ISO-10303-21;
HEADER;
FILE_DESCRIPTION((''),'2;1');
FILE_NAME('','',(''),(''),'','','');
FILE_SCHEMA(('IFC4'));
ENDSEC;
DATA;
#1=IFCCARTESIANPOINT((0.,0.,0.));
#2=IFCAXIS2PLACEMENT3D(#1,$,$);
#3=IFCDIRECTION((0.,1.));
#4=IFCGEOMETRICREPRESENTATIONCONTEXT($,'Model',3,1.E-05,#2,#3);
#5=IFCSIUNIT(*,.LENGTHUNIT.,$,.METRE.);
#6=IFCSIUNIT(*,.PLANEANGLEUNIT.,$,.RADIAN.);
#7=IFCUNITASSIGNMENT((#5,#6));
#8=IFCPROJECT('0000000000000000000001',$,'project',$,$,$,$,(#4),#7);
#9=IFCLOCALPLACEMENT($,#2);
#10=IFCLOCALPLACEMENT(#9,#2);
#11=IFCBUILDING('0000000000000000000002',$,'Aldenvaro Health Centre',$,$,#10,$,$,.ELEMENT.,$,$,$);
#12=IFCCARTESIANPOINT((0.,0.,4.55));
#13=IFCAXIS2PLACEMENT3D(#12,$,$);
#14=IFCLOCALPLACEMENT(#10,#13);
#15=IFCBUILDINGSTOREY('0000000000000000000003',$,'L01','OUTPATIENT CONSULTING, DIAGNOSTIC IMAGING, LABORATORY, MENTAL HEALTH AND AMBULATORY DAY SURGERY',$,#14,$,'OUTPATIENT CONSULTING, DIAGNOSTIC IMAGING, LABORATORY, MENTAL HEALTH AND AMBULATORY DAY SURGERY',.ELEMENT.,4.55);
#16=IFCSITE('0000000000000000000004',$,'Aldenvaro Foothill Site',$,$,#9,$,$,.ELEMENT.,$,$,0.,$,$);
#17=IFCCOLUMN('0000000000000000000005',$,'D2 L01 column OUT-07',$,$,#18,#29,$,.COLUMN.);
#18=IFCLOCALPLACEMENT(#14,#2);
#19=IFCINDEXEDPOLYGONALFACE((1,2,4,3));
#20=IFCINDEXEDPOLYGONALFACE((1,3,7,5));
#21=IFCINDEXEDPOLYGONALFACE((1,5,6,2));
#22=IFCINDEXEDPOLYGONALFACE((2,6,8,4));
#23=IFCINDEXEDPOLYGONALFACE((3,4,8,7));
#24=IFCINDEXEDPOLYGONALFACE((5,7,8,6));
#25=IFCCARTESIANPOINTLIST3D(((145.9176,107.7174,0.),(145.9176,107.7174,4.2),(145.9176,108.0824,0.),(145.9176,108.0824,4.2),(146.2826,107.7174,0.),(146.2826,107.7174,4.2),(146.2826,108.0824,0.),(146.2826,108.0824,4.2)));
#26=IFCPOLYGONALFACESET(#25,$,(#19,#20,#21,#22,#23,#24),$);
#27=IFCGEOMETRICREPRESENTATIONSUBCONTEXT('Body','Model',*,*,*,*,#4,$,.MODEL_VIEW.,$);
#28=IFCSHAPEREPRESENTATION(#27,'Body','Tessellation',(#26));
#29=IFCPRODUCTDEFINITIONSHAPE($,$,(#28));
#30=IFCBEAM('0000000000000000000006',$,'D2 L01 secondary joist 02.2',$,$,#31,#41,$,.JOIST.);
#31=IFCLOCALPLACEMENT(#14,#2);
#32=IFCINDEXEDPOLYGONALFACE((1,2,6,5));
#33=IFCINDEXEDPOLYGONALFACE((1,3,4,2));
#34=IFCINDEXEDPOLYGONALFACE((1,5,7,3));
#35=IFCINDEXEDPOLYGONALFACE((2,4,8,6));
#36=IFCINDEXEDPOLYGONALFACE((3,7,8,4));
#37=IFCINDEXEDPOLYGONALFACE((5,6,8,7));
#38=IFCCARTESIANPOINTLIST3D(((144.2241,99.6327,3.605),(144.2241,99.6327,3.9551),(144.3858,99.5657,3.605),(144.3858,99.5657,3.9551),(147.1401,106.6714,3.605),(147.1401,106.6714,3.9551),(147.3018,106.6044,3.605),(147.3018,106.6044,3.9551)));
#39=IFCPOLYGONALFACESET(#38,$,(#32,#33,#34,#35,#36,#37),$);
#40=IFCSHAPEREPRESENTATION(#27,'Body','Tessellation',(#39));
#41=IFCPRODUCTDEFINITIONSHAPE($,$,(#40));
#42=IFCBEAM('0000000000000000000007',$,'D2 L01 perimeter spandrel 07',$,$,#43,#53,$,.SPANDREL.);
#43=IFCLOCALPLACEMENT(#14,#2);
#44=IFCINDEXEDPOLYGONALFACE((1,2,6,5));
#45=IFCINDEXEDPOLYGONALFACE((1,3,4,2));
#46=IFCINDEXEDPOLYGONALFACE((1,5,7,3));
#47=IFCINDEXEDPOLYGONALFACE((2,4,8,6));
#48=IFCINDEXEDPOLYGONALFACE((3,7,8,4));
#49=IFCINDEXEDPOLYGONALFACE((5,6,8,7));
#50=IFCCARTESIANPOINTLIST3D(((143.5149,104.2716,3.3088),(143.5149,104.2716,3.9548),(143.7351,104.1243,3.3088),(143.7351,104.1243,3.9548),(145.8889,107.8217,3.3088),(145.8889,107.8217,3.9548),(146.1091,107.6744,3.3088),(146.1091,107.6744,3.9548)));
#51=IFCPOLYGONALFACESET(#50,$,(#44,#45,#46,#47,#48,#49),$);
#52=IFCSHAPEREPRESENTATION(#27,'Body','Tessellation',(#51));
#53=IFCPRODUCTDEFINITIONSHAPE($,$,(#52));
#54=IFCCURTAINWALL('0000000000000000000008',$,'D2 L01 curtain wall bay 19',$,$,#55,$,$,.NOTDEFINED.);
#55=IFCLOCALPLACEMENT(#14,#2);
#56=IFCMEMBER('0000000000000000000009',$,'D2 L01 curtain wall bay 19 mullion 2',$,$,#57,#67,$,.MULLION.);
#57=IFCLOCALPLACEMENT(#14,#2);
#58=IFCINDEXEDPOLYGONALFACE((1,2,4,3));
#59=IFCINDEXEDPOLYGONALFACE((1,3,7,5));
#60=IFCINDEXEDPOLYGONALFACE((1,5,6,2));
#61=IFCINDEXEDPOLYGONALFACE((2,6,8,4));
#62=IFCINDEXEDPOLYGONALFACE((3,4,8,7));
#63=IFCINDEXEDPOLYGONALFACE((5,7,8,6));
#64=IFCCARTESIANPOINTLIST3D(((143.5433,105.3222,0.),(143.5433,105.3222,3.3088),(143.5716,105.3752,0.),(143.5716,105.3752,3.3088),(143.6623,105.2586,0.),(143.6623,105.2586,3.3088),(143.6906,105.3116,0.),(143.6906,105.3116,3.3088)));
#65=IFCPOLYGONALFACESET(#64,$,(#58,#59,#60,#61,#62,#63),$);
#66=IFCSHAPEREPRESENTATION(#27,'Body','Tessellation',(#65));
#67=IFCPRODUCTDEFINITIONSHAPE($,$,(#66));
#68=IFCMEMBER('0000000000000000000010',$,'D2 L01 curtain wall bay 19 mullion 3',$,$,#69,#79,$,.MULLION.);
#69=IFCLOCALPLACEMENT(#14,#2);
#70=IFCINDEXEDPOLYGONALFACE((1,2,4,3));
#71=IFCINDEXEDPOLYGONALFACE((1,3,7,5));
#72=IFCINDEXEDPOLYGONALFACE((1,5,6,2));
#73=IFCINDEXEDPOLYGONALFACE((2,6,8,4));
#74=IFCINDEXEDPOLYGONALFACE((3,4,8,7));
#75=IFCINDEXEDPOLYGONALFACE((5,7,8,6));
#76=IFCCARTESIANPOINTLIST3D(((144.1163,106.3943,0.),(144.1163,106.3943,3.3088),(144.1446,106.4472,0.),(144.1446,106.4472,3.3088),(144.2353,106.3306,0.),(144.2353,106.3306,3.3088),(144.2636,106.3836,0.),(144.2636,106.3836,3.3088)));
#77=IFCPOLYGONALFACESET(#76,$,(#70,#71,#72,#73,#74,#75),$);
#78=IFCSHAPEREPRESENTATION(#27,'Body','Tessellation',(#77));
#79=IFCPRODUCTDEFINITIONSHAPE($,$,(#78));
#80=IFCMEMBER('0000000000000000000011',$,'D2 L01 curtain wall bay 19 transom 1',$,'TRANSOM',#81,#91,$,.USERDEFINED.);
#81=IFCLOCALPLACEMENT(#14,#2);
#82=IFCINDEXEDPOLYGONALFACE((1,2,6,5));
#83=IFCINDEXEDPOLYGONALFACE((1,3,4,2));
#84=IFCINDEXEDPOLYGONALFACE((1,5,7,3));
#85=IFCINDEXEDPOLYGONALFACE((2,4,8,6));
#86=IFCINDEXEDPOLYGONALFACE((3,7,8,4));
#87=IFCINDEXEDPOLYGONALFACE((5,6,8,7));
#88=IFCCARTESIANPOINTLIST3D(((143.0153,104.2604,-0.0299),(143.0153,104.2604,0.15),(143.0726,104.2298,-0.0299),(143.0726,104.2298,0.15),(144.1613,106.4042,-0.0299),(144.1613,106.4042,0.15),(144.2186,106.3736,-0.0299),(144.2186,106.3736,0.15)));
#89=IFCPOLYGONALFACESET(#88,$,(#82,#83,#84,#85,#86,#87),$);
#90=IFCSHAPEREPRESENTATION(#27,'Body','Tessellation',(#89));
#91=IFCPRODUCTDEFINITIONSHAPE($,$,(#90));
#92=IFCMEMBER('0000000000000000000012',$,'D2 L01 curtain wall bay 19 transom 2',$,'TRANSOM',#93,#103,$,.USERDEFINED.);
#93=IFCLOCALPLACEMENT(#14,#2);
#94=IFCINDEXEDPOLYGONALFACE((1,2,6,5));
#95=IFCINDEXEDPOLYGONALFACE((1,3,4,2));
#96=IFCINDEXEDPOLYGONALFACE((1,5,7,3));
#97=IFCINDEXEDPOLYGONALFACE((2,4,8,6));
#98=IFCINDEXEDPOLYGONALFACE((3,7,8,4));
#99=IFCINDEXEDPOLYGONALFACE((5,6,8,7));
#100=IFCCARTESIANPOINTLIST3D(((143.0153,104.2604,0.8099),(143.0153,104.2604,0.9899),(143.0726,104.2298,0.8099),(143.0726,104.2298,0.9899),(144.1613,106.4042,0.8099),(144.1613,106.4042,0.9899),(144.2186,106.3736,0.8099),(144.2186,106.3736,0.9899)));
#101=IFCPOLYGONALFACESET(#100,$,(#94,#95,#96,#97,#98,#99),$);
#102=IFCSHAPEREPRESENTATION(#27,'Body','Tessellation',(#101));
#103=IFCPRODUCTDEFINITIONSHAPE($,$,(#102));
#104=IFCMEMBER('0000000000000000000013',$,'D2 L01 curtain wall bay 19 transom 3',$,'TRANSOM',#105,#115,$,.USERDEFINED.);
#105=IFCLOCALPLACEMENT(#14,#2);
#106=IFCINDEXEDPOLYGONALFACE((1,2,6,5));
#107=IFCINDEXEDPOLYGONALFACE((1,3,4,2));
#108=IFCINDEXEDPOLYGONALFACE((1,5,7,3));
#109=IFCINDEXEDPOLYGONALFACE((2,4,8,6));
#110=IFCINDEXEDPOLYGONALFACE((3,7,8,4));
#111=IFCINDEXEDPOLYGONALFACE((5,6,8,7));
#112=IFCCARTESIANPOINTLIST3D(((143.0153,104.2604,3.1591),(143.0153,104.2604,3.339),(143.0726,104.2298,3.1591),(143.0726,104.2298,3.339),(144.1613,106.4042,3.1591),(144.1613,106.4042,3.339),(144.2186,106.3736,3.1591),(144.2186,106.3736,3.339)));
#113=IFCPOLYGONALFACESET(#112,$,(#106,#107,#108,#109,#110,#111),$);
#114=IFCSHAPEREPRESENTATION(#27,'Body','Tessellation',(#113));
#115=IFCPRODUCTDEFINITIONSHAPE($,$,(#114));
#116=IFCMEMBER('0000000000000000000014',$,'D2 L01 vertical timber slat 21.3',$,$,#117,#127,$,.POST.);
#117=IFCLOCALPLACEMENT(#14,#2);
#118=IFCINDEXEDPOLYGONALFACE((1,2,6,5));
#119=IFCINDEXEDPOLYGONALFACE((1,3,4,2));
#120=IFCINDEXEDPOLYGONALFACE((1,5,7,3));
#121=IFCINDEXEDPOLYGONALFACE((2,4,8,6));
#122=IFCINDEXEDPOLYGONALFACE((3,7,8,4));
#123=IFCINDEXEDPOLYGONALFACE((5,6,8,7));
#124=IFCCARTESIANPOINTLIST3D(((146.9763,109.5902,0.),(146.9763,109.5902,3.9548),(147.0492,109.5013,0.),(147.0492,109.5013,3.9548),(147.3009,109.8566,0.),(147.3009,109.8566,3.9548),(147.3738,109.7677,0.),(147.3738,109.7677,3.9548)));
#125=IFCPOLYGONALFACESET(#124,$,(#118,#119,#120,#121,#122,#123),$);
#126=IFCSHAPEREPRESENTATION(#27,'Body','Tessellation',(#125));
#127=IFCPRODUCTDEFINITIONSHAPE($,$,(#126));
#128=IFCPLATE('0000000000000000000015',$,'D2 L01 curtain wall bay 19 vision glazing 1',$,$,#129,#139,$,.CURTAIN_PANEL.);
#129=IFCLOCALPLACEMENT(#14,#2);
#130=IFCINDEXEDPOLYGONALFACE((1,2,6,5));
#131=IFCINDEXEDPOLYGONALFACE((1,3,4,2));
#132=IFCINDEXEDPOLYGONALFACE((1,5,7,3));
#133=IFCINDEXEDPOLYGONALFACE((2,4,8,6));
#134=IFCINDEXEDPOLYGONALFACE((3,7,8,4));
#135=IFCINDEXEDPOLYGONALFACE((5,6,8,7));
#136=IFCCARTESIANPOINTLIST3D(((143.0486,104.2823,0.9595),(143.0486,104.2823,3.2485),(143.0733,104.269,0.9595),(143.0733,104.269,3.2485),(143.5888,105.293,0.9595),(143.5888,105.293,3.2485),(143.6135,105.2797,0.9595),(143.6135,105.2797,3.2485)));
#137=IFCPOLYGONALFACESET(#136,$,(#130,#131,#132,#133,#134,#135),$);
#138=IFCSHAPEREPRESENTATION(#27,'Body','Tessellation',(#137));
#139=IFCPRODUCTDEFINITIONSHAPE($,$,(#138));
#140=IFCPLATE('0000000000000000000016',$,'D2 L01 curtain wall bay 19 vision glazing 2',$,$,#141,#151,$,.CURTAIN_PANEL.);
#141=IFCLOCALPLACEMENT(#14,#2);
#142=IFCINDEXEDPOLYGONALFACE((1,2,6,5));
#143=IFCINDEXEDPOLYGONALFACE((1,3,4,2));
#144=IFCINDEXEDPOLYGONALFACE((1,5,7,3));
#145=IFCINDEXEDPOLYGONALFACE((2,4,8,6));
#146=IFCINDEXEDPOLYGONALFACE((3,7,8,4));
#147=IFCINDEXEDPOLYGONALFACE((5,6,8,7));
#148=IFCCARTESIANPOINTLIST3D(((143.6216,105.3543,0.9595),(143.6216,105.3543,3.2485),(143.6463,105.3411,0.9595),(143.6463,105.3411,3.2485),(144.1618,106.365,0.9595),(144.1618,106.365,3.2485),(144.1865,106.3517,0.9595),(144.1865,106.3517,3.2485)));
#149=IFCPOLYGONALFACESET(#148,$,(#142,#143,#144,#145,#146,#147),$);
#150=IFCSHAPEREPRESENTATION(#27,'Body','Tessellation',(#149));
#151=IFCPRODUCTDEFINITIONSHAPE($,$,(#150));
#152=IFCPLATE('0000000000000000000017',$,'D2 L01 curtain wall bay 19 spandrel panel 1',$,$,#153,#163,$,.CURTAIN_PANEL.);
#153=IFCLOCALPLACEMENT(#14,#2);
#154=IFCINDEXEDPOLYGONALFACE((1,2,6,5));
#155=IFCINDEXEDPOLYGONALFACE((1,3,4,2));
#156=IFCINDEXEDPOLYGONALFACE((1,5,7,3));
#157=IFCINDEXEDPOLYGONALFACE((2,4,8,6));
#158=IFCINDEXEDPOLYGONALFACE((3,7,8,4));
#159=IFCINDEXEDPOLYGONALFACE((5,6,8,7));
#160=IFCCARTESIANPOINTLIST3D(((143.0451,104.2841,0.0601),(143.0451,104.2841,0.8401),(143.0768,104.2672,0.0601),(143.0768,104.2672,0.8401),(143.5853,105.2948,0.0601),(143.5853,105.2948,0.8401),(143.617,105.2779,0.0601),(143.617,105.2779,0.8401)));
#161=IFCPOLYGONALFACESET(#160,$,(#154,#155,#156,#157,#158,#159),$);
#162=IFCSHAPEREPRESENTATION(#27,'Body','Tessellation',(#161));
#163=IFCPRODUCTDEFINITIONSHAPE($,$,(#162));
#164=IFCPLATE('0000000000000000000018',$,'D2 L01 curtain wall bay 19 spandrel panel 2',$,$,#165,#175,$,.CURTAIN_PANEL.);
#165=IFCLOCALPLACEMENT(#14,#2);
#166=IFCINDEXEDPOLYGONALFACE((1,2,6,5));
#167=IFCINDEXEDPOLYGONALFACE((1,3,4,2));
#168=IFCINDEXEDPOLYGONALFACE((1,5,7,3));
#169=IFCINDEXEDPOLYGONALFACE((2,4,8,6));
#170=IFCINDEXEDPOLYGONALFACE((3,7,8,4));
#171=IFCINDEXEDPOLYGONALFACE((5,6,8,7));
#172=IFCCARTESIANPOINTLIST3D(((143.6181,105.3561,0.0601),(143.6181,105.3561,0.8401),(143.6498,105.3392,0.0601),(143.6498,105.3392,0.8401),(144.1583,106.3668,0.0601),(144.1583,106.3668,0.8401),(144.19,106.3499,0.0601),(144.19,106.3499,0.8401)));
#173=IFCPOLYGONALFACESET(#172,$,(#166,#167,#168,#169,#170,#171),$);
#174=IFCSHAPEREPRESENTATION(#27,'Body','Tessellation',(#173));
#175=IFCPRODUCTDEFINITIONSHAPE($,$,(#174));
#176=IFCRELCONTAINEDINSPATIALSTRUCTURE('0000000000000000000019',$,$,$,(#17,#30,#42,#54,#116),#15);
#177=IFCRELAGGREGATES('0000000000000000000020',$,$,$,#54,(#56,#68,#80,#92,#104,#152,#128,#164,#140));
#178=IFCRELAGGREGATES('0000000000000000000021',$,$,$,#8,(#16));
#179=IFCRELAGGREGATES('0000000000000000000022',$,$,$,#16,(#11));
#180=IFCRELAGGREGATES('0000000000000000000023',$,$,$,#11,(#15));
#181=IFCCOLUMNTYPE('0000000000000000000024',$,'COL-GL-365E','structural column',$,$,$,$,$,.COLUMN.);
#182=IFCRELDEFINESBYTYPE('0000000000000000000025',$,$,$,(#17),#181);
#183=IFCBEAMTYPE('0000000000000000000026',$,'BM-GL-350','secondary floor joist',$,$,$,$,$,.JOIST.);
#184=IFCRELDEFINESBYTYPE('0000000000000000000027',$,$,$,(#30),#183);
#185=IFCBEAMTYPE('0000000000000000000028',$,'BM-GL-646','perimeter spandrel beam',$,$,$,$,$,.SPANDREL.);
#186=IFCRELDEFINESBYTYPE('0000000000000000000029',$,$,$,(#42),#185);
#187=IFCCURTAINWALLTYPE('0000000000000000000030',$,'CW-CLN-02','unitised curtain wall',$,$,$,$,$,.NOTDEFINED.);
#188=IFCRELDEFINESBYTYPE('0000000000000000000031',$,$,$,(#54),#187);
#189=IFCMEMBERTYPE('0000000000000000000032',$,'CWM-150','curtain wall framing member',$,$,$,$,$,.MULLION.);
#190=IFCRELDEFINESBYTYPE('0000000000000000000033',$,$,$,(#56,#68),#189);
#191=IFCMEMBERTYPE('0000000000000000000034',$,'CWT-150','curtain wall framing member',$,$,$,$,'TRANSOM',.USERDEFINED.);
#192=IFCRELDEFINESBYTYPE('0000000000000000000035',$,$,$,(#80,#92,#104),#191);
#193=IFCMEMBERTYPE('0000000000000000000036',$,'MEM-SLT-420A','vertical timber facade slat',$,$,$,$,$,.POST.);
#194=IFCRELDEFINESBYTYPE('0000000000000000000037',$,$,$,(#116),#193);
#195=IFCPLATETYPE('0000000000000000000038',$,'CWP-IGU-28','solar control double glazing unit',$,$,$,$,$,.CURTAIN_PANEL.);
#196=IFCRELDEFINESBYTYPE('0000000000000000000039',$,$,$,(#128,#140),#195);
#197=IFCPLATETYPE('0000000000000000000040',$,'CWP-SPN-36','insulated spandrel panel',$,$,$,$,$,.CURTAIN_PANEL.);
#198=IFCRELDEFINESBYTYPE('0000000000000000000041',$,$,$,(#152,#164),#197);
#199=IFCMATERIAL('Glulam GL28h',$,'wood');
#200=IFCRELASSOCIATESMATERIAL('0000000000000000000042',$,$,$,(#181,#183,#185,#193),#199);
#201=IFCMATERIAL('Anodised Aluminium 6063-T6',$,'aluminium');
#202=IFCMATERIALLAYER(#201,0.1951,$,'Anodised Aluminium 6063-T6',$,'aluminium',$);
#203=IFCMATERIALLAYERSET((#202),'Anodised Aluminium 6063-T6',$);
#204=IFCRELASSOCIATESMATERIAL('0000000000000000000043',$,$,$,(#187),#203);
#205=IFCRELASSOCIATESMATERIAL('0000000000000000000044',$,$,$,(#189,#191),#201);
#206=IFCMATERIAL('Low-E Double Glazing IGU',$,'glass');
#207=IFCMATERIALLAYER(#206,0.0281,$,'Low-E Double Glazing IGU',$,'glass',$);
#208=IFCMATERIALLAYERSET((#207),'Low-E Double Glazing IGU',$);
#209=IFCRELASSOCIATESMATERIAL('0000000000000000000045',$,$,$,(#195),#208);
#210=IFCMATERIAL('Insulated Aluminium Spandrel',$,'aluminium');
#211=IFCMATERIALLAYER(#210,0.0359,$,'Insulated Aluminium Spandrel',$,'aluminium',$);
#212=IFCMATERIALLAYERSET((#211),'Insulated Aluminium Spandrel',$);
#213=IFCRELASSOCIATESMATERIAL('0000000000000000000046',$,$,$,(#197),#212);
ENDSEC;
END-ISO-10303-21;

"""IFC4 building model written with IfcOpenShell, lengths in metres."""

from ifc_helpers import new_model, si_unit, direction, frame, origin, origin_2d, place, context, subcontext, project, spatial, rectangle, extrude, material, layer, layer_set, material_profile, profile_set, type_object, element, aggregate, save


model = new_model("IFC4")

# Units and contexts
model_context = context("Model", 3, precision=1e-05, world=origin(), true_north=direction((0.0, 1.0)))
body_context = subcontext(model_context, "Body", "Model", "MODEL_VIEW")
ifc_project = project(units=[si_unit("LENGTHUNIT", "METRE"), si_unit("PLANEANGLEUNIT", "RADIAN")], contexts=[model_context])

# Site, building, storey
site_placement = place(None, origin())
site = spatial("IfcSite", under=ifc_project, at=site_placement, Name="Aldenvaro Foothill Site", CompositionType="ELEMENT", RefElevation=0.0)
building_placement = place(site_placement, origin())
building = spatial("IfcBuilding", under=site, at=building_placement, Name="Aldenvaro Health Centre", CompositionType="ELEMENT")
storey_placement = place(building_placement, frame((0.0, 0.0, 4.55)))
storey = spatial("IfcBuildingStorey", under=building, at=storey_placement, Name="L01", Description="OUTPATIENT CONSULTING, DIAGNOSTIC IMAGING, LABORATORY, MENTAL HEALTH AND AMBULATORY DAY SURGERY", LongName="OUTPATIENT CONSULTING, DIAGNOSTIC IMAGING, LABORATORY, MENTAL HEALTH AND AMBULATORY DAY SURGERY", CompositionType="ELEMENT", Elevation=4.55)

# Column
ifc_material_1 = material(Name="Glulam GL28h", Category="wood")
ifc_material_profile_1 = material_profile(ifc_material_1, rectangle(XDim=0.365, YDim=0.365, at=origin_2d()), Name="GL 365x365", Category="wood")
ifc_profile_set_1 = profile_set([ifc_material_profile_1], Name="Glulam GL28h")
column_type = type_object("IfcColumnType", Name="COL-GL-365E", Description="structural column", PredefinedType="COLUMN", material=ifc_profile_set_1)
column_placement = place(storey_placement, frame((146.1001, 107.8999, 0.0), z_axis=(0.0, 0.0, 1.0), x_axis=(1.0, 0.0, 0.0)))
element("IfcColumn", 1, at=column_placement, inside=storey, type_object=column_type, Name="D2 L01 column OUT-07", PredefinedType="COLUMN", context=body_context, shape_type="SweptSolid", body=[
    extrude(rectangle(XDim=0.365, YDim=0.365, at=origin_2d()), origin(), (0.0, 0.0, 1.0), 4.2),
])

# Beams
ifc_material_profile_2 = material_profile(ifc_material_1, rectangle(XDim=0.175, YDim=0.3501, at=origin_2d()), Name="GL 175x350", Category="wood")
ifc_profile_set_2 = profile_set([ifc_material_profile_2], Name="Glulam GL28h")
beam_type_1 = type_object("IfcBeamType", Name="BM-GL-350", Description="secondary floor joist", PredefinedType="JOIST", material=ifc_profile_set_2)
beam_1_placement = place(storey_placement, frame((147.2209, 106.6379, 3.78), z_axis=(-0.382733, -0.923859, 0.0), x_axis=(0.923859, -0.382733, 0.0)))
element("IfcBeam", 2, at=beam_1_placement, inside=storey, type_object=beam_type_1, Name="D2 L01 secondary joist 02.2", PredefinedType="JOIST", context=body_context, shape_type="SweptSolid", body=[
    extrude(rectangle(XDim=0.175, YDim=0.3501, at=origin_2d()), origin(), (0.0, 0.0, 1.0), 7.6189),
])
ifc_material_profile_3 = material_profile(ifc_material_1, rectangle(XDim=0.2649, YDim=0.646, at=origin_2d()), Name="GL 265x646", Category="wood")
ifc_profile_set_3 = profile_set([ifc_material_profile_3], Name="Glulam GL28h")
beam_type_2 = type_object("IfcBeamType", Name="BM-GL-646", Description="perimeter spandrel beam", PredefinedType="SPANDREL", material=ifc_profile_set_3)
beam_2_placement = place(storey_placement, frame((145.999, 107.748, 3.6318), z_axis=(-0.555887, -0.831258, 0.0), x_axis=(0.831258, -0.555887, 0.0)))
element("IfcBeam", 3, at=beam_2_placement, inside=storey, type_object=beam_type_2, Name="D2 L01 perimeter spandrel 07", PredefinedType="SPANDREL", context=body_context, shape_type="SweptSolid", body=[
    extrude(rectangle(XDim=0.2649, YDim=0.646, at=origin_2d()), origin(), (0.0, 0.0, 1.0), 4.2708),
])

# Curtain wall, members
ifc_material_2 = material(Name="Anodised Aluminium 6063-T6", Category="aluminium")
ifc_layer_1 = layer(ifc_material_2, 0.1951, Name="Anodised Aluminium 6063-T6", Category="aluminium")
ifc_layer_set_1 = layer_set([ifc_layer_1], Name="Anodised Aluminium 6063-T6")
curtain_wall_type = type_object("IfcCurtainWallType", Name="CW-CLN-02", Description="unitised curtain wall", PredefinedType="NOTDEFINED", material=ifc_layer_set_1)
curtain_wall_placement = place(storey_placement, origin())
curtain_wall = element("IfcCurtainWall", 4, at=curtain_wall_placement, inside=storey, type_object=curtain_wall_type, Name="D2 L01 curtain wall bay 19", PredefinedType="NOTDEFINED")
ifc_material_profile_4 = material_profile(ifc_material_2, rectangle(XDim=0.0601, YDim=0.135, at=origin_2d()), Name="ALU 60x135", Category="aluminium")
ifc_profile_set_4 = profile_set([ifc_material_profile_4], Name="Anodised Aluminium 6063-T6")
member_type_1 = type_object("IfcMemberType", Name="CWM-150", Description="curtain wall framing member", PredefinedType="MULLION", material=ifc_profile_set_4)
member_1_placement = place(storey_placement, frame((143.6169, 105.3169, 0.0), z_axis=(0.0, 0.0, 1.0), x_axis=(0.471399, 0.88192, 0.0)))
member_1 = element("IfcMember", 5, at=member_1_placement, type_object=member_type_1, Name="D2 L01 curtain wall bay 19 mullion 2", PredefinedType="MULLION", context=body_context, shape_type="SweptSolid", body=[
    extrude(rectangle(XDim=0.0601, YDim=0.135, at=origin_2d()), origin(), (0.0, 0.0, 1.0), 3.3088),
])
member_2_placement = place(storey_placement, frame((144.1899, 106.3889, 0.0), z_axis=(0.0, 0.0, 1.0), x_axis=(0.471399, 0.88192, 0.0)))
member_2 = element("IfcMember", 6, at=member_2_placement, type_object=member_type_1, Name="D2 L01 curtain wall bay 19 mullion 3", PredefinedType="MULLION", context=body_context, shape_type="SweptSolid", body=[
    extrude(rectangle(XDim=0.0601, YDim=0.135, at=origin_2d()), origin(), (0.0, 0.0, 1.0), 3.3088),
])
ifc_material_profile_5 = material_profile(ifc_material_2, rectangle(XDim=0.0649, YDim=0.1799, at=origin_2d()), Name="ALU 65x180", Category="aluminium")
ifc_profile_set_5 = profile_set([ifc_material_profile_5], Name="Anodised Aluminium 6063-T6")
member_type_2 = type_object("IfcMemberType", Name="CWT-150", Description="curtain wall framing member", ElementType="TRANSOM", PredefinedType="USERDEFINED", material=ifc_profile_set_5)
member_3_placement = place(storey_placement, frame((143.0439, 104.2451, 0.0601), z_axis=(0.471432, 0.881902, 0.0), x_axis=(-0.881902, 0.471432, 0.0)))
member_3 = element("IfcMember", 7, at=member_3_placement, type_object=member_type_2, Name="D2 L01 curtain wall bay 19 transom 1", ObjectType="TRANSOM", PredefinedType="USERDEFINED", context=body_context, shape_type="SweptSolid", body=[
    extrude(rectangle(XDim=0.0649, YDim=0.1799, at=origin_2d()), origin(), (0.0, 0.0, 1.0), 2.4309),
])
member_4_placement = place(storey_placement, frame((143.0439, 104.2451, 0.8999), z_axis=(0.471432, 0.881902, 0.0), x_axis=(-0.881902, 0.471432, 0.0)))
member_4 = element("IfcMember", 8, at=member_4_placement, type_object=member_type_2, Name="D2 L01 curtain wall bay 19 transom 2", ObjectType="TRANSOM", PredefinedType="USERDEFINED", context=body_context, shape_type="SweptSolid", body=[
    extrude(rectangle(XDim=0.0649, YDim=0.1799, at=origin_2d()), origin(), (0.0, 0.0, 1.0), 2.4309),
])
member_5_placement = place(storey_placement, frame((143.0439, 104.2451, 3.249), z_axis=(0.471432, 0.881902, 0.0), x_axis=(-0.881902, 0.471432, 0.0)))
member_5 = element("IfcMember", 9, at=member_5_placement, type_object=member_type_2, Name="D2 L01 curtain wall bay 19 transom 3", ObjectType="TRANSOM", PredefinedType="USERDEFINED", context=body_context, shape_type="SweptSolid", body=[
    extrude(rectangle(XDim=0.0649, YDim=0.1799, at=origin_2d()), origin(), (0.0, 0.0, 1.0), 2.4309),
])

# Member
ifc_material_profile_6 = material_profile(ifc_material_1, rectangle(XDim=0.115, YDim=0.4199, at=origin_2d()), Name="GL 115x420", Category="wood")
ifc_profile_set_6 = profile_set([ifc_material_profile_6], Name="Glulam GL28h")
member_type_3 = type_object("IfcMemberType", Name="MEM-SLT-420A", Description="vertical timber facade slat", PredefinedType="POST", material=ifc_profile_set_6)
member_6_placement = place(storey_placement, frame((147.175, 109.679, 0.0), z_axis=(0.0, 0.0, 1.0), x_axis=(-0.63438, 0.773022, 0.0)))
element("IfcMember", 10, at=member_6_placement, inside=storey, type_object=member_type_3, Name="D2 L01 vertical timber slat 21.3", PredefinedType="POST", context=body_context, shape_type="SweptSolid", body=[
    extrude(rectangle(XDim=0.115, YDim=0.4199, at=origin_2d()), origin(), (0.0, 0.0, 1.0), 3.9548),
])

# Plates
ifc_material_3 = material(Name="Low-E Double Glazing IGU", Category="glass")
ifc_layer_2 = layer(ifc_material_3, 0.0281, Name="Low-E Double Glazing IGU", Category="glass")
ifc_layer_set_2 = layer_set([ifc_layer_2], Name="Low-E Double Glazing IGU")
plate_type_1 = type_object("IfcPlateType", Name="CWP-IGU-28", Description="solar control double glazing unit", PredefinedType="CURTAIN_PANEL", material=ifc_layer_set_2)
plate_1_placement = place(storey_placement, frame((143.3311, 104.781, 0.9595), z_axis=(0.0, 0.0, 1.0), x_axis=(0.471399, 0.88192, 0.0)))
plate_1 = element("IfcPlate", 11, at=plate_1_placement, type_object=plate_type_1, Name="D2 L01 curtain wall bay 19 vision glazing 1", PredefinedType="CURTAIN_PANEL", context=body_context, shape_type="SweptSolid", body=[
    extrude(rectangle(XDim=1.146, YDim=0.0281, at=origin_2d()), origin(), (0.0, 0.0, 1.0), 2.2891),
])
plate_2_placement = place(storey_placement, frame((143.9041, 105.853, 0.9595), z_axis=(0.0, 0.0, 1.0), x_axis=(0.471399, 0.88192, 0.0)))
plate_2 = element("IfcPlate", 12, at=plate_2_placement, type_object=plate_type_1, Name="D2 L01 curtain wall bay 19 vision glazing 2", PredefinedType="CURTAIN_PANEL", context=body_context, shape_type="SweptSolid", body=[
    extrude(rectangle(XDim=1.146, YDim=0.0281, at=origin_2d()), origin(), (0.0, 0.0, 1.0), 2.2891),
])
ifc_material_4 = material(Name="Insulated Aluminium Spandrel", Category="aluminium")
ifc_layer_3 = layer(ifc_material_4, 0.0359, Name="Insulated Aluminium Spandrel", Category="aluminium")
ifc_layer_set_3 = layer_set([ifc_layer_3], Name="Insulated Aluminium Spandrel")
plate_type_2 = type_object("IfcPlateType", Name="CWP-SPN-36", Description="insulated spandrel panel", PredefinedType="CURTAIN_PANEL", material=ifc_layer_set_3)
plate_3_placement = place(storey_placement, frame((143.3311, 104.781, 0.0601), z_axis=(0.0, 0.0, 1.0), x_axis=(0.471399, 0.88192, 0.0)))
plate_3 = element("IfcPlate", 13, at=plate_3_placement, type_object=plate_type_2, Name="D2 L01 curtain wall bay 19 spandrel panel 1", PredefinedType="CURTAIN_PANEL", context=body_context, shape_type="SweptSolid", body=[
    extrude(rectangle(XDim=1.146, YDim=0.0359, at=origin_2d()), origin(), (0.0, 0.0, 1.0), 0.78),
])
plate_4_placement = place(storey_placement, frame((143.9041, 105.853, 0.0601), z_axis=(0.0, 0.0, 1.0), x_axis=(0.471399, 0.88192, 0.0)))
plate_4 = element("IfcPlate", 14, at=plate_4_placement, type_object=plate_type_2, Name="D2 L01 curtain wall bay 19 spandrel panel 2", PredefinedType="CURTAIN_PANEL", context=body_context, shape_type="SweptSolid", body=[
    extrude(rectangle(XDim=1.146, YDim=0.0359, at=origin_2d()), origin(), (0.0, 0.0, 1.0), 0.78),
])
aggregate(curtain_wall, [member_1, member_2, member_3, member_4, member_5, plate_3, plate_1, plate_4, plate_2])

save(model, "model.ifc")
